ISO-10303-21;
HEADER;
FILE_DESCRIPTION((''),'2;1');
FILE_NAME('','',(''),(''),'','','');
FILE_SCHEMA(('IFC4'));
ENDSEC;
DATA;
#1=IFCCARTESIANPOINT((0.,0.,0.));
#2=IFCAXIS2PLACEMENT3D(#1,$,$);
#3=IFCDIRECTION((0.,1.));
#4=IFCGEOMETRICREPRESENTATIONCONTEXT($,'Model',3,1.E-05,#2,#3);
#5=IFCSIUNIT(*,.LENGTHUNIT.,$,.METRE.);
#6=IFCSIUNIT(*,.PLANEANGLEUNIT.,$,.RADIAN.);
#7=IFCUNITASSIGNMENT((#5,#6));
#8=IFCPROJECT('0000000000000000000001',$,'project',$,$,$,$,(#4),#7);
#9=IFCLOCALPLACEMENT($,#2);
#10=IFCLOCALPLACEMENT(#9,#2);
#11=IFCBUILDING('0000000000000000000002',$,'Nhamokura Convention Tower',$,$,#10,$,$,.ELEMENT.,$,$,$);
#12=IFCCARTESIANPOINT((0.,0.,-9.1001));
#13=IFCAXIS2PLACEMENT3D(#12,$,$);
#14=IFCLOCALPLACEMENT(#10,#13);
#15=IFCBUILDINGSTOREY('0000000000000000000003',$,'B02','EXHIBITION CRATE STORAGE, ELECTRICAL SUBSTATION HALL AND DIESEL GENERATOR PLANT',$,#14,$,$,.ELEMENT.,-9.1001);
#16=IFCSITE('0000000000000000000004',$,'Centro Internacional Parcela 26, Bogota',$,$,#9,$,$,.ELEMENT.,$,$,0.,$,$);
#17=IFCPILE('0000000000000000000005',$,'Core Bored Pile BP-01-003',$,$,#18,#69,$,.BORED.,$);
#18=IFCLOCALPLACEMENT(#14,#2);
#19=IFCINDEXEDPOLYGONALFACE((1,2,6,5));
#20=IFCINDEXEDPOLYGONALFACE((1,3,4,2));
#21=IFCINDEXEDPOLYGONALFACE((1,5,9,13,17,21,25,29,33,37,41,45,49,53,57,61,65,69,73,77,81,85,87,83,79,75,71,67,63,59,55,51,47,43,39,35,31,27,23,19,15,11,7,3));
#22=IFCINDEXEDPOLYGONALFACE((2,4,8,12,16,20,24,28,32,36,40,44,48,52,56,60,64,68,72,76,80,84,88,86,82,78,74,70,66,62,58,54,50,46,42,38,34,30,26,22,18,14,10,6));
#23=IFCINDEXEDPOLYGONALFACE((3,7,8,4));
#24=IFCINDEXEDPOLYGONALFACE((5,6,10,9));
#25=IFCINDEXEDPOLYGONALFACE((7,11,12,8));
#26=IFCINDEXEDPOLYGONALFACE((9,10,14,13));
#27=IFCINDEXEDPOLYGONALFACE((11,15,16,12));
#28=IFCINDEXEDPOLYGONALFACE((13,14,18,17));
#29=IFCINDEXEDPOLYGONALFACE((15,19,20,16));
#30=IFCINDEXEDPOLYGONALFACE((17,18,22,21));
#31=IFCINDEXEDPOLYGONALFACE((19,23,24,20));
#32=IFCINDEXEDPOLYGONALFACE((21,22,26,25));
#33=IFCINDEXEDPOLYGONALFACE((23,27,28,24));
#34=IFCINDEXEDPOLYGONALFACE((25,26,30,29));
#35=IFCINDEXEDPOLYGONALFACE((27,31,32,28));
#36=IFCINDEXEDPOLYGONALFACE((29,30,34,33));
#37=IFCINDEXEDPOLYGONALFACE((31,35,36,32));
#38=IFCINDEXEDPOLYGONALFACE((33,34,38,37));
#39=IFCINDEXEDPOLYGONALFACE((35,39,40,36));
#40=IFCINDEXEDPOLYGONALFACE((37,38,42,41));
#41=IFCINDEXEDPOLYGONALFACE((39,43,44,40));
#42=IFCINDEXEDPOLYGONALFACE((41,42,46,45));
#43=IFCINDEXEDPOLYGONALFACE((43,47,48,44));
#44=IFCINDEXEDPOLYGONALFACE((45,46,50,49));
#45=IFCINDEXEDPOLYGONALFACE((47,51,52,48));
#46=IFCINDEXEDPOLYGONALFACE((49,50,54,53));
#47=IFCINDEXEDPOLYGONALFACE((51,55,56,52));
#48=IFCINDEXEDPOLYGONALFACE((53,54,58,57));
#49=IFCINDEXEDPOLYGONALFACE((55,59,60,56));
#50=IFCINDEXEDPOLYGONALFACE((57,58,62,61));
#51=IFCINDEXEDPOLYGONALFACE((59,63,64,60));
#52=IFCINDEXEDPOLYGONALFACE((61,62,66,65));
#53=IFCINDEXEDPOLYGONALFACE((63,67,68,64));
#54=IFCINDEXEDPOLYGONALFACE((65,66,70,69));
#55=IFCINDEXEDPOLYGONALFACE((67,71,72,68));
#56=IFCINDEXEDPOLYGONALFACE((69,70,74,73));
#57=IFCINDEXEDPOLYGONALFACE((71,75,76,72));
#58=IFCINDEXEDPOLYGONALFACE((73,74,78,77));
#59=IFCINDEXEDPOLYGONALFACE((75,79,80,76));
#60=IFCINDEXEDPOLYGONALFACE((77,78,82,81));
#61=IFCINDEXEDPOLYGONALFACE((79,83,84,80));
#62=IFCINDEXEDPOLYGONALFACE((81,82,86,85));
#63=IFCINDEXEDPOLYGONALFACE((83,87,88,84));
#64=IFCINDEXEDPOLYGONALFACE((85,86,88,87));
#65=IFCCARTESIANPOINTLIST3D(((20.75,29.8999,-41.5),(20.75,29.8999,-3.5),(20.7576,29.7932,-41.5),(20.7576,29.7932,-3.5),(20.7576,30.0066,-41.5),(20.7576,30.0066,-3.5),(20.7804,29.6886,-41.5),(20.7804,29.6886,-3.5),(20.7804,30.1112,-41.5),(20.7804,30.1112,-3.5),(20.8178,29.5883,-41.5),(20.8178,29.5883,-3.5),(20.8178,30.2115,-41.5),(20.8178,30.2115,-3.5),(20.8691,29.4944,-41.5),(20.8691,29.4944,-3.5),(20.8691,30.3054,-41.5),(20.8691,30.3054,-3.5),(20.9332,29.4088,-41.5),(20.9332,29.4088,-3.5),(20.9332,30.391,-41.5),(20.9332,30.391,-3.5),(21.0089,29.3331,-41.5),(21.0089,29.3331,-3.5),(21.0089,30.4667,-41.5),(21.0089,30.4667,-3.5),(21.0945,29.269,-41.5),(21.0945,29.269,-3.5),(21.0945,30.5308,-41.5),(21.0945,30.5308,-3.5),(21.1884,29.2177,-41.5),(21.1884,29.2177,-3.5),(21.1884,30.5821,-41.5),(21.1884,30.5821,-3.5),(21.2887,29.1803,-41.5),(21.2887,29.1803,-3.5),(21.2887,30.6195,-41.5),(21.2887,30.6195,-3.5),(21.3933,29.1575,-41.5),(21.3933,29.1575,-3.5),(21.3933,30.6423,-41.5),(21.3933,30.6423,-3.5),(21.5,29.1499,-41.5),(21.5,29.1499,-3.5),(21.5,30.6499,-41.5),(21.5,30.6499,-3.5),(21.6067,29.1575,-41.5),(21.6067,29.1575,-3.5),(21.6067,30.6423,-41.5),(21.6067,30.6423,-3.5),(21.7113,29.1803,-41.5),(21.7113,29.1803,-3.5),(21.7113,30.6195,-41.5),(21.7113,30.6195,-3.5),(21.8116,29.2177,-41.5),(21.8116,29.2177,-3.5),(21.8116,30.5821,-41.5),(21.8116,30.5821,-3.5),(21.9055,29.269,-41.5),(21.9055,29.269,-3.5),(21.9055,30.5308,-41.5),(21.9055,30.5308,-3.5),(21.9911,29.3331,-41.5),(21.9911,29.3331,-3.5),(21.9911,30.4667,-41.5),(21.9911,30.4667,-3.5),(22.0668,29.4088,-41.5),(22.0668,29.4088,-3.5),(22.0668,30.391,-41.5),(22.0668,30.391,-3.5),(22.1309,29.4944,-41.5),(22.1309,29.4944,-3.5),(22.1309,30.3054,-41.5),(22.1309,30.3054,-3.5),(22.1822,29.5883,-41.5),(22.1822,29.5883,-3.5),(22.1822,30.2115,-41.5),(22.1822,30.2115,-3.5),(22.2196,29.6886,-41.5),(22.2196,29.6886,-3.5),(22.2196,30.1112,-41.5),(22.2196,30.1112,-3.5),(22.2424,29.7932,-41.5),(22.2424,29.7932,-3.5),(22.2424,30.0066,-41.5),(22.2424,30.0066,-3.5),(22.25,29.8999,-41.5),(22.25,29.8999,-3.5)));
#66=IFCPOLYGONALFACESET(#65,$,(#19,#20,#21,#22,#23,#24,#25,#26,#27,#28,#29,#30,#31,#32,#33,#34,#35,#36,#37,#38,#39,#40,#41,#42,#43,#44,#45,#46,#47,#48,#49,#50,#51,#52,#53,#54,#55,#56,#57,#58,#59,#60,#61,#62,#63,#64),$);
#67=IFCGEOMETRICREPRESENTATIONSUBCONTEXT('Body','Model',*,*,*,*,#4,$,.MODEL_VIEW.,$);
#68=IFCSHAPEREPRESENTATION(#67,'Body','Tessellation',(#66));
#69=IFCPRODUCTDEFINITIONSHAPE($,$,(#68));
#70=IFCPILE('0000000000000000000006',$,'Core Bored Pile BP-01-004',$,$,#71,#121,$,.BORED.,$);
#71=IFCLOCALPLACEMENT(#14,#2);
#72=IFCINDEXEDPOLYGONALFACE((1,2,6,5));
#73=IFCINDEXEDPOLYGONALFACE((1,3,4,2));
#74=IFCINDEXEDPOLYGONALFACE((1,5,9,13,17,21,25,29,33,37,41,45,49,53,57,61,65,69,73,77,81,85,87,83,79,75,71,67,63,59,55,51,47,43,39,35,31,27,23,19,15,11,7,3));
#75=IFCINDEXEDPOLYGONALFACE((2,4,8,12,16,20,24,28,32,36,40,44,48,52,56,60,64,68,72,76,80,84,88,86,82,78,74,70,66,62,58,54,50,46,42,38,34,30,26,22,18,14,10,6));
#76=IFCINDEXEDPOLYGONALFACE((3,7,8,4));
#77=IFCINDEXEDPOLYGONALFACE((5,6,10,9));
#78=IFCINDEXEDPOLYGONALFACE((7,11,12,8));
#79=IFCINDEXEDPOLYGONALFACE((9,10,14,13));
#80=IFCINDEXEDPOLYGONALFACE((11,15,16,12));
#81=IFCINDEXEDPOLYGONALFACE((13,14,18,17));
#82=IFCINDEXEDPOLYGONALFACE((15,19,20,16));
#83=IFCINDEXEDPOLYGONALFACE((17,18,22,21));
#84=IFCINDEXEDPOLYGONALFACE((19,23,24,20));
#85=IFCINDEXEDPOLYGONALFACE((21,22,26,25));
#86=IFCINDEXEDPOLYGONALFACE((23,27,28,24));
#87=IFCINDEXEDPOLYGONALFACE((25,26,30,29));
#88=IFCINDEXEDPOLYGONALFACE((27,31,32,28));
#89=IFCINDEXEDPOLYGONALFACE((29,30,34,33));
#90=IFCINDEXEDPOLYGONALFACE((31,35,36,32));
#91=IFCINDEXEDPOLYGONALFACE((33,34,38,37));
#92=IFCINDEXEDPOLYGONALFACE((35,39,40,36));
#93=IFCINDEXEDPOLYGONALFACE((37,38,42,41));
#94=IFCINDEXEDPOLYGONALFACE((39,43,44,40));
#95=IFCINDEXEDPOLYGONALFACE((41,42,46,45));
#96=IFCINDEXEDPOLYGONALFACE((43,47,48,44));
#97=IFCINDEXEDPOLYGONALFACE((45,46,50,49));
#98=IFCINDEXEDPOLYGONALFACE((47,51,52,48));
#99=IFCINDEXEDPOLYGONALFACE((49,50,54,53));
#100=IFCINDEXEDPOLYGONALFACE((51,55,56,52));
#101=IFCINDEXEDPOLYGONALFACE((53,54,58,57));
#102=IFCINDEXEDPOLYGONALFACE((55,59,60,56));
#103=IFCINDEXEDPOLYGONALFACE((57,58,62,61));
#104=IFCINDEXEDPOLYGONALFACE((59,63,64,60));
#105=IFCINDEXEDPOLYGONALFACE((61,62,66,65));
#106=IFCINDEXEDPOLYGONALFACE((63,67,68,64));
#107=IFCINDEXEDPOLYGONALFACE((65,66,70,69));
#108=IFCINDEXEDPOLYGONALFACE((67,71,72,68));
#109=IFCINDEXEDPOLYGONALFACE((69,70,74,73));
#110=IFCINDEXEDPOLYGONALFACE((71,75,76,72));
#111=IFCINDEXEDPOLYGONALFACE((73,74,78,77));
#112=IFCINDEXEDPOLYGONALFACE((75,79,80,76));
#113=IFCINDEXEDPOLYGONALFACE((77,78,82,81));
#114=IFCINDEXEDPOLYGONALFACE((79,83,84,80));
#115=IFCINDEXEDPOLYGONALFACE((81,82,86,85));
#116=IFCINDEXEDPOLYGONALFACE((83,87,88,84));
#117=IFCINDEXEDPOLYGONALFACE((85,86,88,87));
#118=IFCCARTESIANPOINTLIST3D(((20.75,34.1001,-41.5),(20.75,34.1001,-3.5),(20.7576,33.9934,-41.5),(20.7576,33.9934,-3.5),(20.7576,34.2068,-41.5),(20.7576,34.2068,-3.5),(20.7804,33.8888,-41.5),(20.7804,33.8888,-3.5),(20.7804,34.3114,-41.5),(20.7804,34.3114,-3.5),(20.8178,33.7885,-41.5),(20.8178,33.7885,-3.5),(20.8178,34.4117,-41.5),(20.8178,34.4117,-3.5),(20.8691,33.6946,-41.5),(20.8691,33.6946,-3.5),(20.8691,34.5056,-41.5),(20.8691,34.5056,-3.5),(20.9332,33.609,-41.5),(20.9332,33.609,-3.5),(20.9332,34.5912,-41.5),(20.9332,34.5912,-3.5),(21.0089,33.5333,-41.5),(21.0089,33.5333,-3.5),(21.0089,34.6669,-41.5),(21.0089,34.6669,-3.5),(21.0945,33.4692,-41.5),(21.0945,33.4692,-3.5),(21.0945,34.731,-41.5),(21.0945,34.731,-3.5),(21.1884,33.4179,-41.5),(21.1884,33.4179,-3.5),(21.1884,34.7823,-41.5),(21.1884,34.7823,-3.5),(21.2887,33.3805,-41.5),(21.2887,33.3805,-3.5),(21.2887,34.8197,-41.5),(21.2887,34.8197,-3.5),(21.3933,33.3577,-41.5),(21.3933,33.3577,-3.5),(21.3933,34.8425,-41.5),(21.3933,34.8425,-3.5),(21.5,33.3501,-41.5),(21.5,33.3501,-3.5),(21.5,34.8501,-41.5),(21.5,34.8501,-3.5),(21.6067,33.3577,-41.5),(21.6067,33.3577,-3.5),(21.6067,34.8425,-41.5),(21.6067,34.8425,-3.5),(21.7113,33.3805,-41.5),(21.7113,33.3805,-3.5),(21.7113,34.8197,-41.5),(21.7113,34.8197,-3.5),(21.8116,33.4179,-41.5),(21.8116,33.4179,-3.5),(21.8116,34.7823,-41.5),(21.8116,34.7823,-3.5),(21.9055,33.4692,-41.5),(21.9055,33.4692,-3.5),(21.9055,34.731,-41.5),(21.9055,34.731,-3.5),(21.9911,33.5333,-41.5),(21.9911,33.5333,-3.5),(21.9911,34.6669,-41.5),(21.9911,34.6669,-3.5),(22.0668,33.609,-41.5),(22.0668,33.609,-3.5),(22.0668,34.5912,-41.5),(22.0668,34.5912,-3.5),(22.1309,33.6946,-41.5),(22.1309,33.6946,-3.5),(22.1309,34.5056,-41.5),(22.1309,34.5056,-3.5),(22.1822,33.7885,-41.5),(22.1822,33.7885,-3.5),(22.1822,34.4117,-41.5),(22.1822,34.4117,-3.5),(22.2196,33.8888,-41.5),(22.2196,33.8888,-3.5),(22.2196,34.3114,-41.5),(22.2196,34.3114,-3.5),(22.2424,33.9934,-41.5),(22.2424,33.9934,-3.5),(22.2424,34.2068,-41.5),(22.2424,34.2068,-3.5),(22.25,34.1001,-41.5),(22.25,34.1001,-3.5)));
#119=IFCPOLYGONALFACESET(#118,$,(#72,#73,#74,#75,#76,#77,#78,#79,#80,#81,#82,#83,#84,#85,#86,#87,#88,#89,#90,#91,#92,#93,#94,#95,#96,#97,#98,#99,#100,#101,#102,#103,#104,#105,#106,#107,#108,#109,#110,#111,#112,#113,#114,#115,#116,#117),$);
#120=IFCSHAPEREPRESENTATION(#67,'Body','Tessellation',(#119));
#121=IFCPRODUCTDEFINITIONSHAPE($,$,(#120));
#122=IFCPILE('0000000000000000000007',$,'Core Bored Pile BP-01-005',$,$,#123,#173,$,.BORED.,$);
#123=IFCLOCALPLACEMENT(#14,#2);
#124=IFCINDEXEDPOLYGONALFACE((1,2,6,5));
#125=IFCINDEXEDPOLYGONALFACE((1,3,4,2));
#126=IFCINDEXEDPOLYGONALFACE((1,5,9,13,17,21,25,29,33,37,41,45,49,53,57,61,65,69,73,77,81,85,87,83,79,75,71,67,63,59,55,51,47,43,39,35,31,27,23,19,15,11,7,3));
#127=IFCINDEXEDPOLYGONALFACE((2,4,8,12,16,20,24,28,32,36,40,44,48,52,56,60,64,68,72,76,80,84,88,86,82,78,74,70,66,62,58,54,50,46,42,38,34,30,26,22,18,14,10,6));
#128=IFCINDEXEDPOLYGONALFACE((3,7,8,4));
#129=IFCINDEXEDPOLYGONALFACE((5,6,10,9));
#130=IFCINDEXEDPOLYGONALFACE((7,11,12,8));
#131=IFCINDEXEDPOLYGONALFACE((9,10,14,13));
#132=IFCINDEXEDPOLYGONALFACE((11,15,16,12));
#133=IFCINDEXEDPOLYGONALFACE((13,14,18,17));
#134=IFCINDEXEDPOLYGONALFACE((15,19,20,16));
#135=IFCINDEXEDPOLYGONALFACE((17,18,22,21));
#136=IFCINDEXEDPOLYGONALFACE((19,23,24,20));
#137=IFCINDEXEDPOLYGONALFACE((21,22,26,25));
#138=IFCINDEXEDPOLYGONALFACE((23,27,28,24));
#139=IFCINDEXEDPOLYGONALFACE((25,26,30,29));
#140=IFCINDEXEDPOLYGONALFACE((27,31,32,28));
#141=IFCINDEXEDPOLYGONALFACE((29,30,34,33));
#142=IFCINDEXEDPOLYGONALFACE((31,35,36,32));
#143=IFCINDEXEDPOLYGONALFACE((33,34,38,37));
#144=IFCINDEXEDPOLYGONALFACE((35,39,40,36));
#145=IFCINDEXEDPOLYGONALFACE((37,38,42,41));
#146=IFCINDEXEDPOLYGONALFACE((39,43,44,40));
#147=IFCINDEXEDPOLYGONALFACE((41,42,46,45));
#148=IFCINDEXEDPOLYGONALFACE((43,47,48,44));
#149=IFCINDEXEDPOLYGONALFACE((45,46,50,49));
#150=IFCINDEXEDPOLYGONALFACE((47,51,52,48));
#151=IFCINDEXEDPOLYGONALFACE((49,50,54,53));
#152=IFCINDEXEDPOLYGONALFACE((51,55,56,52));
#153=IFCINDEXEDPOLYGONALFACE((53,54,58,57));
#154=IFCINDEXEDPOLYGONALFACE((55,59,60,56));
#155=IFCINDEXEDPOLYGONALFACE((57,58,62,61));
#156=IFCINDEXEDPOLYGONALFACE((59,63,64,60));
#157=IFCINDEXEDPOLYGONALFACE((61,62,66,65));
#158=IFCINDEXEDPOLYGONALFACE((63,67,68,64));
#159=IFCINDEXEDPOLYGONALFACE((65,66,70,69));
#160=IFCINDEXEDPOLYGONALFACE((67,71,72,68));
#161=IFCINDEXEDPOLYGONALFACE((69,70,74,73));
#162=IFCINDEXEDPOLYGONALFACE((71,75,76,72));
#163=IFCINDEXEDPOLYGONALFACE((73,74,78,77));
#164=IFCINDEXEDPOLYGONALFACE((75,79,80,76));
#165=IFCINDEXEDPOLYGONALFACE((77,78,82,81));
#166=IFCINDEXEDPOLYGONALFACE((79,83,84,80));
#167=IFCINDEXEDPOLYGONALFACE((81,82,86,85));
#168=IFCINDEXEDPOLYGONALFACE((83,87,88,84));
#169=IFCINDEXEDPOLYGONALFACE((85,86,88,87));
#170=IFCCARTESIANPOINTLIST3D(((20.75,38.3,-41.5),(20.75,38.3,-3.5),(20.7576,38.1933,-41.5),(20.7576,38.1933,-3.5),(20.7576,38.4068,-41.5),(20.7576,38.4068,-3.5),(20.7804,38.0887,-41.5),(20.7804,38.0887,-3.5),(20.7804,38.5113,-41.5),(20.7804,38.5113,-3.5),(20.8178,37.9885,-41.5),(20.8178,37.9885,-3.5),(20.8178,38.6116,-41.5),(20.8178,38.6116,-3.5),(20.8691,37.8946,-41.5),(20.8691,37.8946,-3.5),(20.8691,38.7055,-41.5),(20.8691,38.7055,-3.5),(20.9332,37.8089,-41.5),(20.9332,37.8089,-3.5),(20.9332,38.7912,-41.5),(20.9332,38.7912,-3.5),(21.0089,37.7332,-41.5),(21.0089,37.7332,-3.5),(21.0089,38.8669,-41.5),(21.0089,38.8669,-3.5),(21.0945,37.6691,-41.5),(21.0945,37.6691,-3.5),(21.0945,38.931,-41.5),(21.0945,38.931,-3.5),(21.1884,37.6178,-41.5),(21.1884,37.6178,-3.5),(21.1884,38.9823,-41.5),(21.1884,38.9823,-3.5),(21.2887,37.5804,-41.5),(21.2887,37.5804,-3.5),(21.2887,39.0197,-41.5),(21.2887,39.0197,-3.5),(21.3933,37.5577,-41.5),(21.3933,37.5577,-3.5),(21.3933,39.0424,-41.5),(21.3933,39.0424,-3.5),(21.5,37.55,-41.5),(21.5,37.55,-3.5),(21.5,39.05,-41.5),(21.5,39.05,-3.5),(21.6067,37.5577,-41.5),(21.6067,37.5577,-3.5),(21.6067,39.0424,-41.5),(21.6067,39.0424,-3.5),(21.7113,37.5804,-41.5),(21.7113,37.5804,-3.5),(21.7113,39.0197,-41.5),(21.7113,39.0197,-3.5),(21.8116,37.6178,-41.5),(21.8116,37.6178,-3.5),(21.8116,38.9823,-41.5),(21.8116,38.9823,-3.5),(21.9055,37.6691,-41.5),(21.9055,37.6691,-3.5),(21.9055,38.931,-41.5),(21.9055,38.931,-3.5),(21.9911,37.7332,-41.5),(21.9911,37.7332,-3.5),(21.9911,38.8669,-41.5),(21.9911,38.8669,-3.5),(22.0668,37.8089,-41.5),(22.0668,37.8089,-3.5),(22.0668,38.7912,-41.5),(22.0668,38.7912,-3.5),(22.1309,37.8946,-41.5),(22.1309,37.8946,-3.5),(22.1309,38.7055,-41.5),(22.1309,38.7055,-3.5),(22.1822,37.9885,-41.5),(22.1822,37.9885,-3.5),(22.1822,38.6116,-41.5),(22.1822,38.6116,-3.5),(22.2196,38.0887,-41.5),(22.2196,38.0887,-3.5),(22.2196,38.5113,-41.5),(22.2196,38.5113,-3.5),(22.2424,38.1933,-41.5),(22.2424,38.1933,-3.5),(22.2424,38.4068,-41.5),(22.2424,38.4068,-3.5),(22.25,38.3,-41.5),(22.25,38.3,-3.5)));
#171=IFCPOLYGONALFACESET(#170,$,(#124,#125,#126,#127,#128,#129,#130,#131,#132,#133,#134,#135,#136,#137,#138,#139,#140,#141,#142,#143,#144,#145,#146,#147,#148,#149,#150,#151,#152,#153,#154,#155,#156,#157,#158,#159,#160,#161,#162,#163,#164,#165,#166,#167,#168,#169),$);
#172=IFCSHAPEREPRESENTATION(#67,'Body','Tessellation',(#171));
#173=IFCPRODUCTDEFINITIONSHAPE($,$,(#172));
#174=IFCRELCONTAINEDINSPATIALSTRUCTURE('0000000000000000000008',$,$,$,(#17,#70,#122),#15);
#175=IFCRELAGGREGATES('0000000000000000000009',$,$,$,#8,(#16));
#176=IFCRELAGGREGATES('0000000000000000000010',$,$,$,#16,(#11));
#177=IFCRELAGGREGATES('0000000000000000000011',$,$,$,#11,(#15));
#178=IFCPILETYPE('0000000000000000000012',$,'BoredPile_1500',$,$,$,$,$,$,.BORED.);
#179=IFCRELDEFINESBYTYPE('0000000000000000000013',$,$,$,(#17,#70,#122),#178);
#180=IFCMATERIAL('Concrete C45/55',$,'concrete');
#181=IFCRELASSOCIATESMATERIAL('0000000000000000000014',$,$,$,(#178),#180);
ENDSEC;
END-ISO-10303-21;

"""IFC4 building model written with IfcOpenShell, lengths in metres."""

from ifc_helpers import new_model, si_unit, direction, frame, origin, origin_2d, place, context, subcontext, project, spatial, circle, extrude, material, material_profile, profile_set, type_object, element, save


model = new_model("IFC4")

# Units and contexts
model_context = context("Model", 3, precision=1e-05, world=origin(), true_north=direction((0.0, 1.0)))
body_context = subcontext(model_context, "Body", "Model", "MODEL_VIEW")
ifc_project = project(units=[si_unit("LENGTHUNIT", "METRE"), si_unit("PLANEANGLEUNIT", "RADIAN")], contexts=[model_context])

# Site, building, storey
site_placement = place(None, origin())
site = spatial("IfcSite", under=ifc_project, at=site_placement, Name="Centro Internacional Parcela 26, Bogota", CompositionType="ELEMENT", RefElevation=0.0)
building_placement = place(site_placement, origin())
building = spatial("IfcBuilding", under=site, at=building_placement, Name="Nhamokura Convention Tower", CompositionType="ELEMENT")
storey_placement = place(building_placement, frame((0.0, 0.0, -9.1001)))
storey = spatial("IfcBuildingStorey", under=building, at=storey_placement, Name="B02", Description="EXHIBITION CRATE STORAGE, ELECTRICAL SUBSTATION HALL AND DIESEL GENERATOR PLANT", CompositionType="ELEMENT", Elevation=-9.1001)

# Piles
ifc_material_1 = material(Name="Concrete C45/55", Category="concrete")
ifc_material_profile = material_profile(ifc_material_1, circle(Radius=0.75, at=origin_2d()))
ifc_profile_set = profile_set([ifc_material_profile], Name="Concrete C45/55")
pile_type = type_object("IfcPileType", Name="BoredPile_1500", PredefinedType="BORED", material=ifc_profile_set)
for number, where, z_axis, x_axis, name in (
    (1, (21.5, 29.8999, -3.5), (0.0, 0.0, -1.0), (1.0, 0.0, 0.0), "Core Bored Pile BP-01-003"),
    (2, (21.5, 34.1001, -3.5), (0.0, 0.0, -1.0), (1.0, 0.0, 0.0), "Core Bored Pile BP-01-004"),
    (3, (21.5, 38.3, -3.5), (0.0, 0.0, -1.0), (1.0, 0.0, 0.0), "Core Bored Pile BP-01-005"),
):
    element("IfcPile", number, at=place(storey_placement, frame(where, z_axis=z_axis, x_axis=x_axis)), inside=storey, type_object=pile_type, Name=name, PredefinedType="BORED", context=body_context, shape_type="SweptSolid", body=[
        extrude(circle(Radius=0.75, at=origin_2d()), origin(), (0.0, 0.0, 1.0), 38.0),
    ])

save(model, "model.ifc")
